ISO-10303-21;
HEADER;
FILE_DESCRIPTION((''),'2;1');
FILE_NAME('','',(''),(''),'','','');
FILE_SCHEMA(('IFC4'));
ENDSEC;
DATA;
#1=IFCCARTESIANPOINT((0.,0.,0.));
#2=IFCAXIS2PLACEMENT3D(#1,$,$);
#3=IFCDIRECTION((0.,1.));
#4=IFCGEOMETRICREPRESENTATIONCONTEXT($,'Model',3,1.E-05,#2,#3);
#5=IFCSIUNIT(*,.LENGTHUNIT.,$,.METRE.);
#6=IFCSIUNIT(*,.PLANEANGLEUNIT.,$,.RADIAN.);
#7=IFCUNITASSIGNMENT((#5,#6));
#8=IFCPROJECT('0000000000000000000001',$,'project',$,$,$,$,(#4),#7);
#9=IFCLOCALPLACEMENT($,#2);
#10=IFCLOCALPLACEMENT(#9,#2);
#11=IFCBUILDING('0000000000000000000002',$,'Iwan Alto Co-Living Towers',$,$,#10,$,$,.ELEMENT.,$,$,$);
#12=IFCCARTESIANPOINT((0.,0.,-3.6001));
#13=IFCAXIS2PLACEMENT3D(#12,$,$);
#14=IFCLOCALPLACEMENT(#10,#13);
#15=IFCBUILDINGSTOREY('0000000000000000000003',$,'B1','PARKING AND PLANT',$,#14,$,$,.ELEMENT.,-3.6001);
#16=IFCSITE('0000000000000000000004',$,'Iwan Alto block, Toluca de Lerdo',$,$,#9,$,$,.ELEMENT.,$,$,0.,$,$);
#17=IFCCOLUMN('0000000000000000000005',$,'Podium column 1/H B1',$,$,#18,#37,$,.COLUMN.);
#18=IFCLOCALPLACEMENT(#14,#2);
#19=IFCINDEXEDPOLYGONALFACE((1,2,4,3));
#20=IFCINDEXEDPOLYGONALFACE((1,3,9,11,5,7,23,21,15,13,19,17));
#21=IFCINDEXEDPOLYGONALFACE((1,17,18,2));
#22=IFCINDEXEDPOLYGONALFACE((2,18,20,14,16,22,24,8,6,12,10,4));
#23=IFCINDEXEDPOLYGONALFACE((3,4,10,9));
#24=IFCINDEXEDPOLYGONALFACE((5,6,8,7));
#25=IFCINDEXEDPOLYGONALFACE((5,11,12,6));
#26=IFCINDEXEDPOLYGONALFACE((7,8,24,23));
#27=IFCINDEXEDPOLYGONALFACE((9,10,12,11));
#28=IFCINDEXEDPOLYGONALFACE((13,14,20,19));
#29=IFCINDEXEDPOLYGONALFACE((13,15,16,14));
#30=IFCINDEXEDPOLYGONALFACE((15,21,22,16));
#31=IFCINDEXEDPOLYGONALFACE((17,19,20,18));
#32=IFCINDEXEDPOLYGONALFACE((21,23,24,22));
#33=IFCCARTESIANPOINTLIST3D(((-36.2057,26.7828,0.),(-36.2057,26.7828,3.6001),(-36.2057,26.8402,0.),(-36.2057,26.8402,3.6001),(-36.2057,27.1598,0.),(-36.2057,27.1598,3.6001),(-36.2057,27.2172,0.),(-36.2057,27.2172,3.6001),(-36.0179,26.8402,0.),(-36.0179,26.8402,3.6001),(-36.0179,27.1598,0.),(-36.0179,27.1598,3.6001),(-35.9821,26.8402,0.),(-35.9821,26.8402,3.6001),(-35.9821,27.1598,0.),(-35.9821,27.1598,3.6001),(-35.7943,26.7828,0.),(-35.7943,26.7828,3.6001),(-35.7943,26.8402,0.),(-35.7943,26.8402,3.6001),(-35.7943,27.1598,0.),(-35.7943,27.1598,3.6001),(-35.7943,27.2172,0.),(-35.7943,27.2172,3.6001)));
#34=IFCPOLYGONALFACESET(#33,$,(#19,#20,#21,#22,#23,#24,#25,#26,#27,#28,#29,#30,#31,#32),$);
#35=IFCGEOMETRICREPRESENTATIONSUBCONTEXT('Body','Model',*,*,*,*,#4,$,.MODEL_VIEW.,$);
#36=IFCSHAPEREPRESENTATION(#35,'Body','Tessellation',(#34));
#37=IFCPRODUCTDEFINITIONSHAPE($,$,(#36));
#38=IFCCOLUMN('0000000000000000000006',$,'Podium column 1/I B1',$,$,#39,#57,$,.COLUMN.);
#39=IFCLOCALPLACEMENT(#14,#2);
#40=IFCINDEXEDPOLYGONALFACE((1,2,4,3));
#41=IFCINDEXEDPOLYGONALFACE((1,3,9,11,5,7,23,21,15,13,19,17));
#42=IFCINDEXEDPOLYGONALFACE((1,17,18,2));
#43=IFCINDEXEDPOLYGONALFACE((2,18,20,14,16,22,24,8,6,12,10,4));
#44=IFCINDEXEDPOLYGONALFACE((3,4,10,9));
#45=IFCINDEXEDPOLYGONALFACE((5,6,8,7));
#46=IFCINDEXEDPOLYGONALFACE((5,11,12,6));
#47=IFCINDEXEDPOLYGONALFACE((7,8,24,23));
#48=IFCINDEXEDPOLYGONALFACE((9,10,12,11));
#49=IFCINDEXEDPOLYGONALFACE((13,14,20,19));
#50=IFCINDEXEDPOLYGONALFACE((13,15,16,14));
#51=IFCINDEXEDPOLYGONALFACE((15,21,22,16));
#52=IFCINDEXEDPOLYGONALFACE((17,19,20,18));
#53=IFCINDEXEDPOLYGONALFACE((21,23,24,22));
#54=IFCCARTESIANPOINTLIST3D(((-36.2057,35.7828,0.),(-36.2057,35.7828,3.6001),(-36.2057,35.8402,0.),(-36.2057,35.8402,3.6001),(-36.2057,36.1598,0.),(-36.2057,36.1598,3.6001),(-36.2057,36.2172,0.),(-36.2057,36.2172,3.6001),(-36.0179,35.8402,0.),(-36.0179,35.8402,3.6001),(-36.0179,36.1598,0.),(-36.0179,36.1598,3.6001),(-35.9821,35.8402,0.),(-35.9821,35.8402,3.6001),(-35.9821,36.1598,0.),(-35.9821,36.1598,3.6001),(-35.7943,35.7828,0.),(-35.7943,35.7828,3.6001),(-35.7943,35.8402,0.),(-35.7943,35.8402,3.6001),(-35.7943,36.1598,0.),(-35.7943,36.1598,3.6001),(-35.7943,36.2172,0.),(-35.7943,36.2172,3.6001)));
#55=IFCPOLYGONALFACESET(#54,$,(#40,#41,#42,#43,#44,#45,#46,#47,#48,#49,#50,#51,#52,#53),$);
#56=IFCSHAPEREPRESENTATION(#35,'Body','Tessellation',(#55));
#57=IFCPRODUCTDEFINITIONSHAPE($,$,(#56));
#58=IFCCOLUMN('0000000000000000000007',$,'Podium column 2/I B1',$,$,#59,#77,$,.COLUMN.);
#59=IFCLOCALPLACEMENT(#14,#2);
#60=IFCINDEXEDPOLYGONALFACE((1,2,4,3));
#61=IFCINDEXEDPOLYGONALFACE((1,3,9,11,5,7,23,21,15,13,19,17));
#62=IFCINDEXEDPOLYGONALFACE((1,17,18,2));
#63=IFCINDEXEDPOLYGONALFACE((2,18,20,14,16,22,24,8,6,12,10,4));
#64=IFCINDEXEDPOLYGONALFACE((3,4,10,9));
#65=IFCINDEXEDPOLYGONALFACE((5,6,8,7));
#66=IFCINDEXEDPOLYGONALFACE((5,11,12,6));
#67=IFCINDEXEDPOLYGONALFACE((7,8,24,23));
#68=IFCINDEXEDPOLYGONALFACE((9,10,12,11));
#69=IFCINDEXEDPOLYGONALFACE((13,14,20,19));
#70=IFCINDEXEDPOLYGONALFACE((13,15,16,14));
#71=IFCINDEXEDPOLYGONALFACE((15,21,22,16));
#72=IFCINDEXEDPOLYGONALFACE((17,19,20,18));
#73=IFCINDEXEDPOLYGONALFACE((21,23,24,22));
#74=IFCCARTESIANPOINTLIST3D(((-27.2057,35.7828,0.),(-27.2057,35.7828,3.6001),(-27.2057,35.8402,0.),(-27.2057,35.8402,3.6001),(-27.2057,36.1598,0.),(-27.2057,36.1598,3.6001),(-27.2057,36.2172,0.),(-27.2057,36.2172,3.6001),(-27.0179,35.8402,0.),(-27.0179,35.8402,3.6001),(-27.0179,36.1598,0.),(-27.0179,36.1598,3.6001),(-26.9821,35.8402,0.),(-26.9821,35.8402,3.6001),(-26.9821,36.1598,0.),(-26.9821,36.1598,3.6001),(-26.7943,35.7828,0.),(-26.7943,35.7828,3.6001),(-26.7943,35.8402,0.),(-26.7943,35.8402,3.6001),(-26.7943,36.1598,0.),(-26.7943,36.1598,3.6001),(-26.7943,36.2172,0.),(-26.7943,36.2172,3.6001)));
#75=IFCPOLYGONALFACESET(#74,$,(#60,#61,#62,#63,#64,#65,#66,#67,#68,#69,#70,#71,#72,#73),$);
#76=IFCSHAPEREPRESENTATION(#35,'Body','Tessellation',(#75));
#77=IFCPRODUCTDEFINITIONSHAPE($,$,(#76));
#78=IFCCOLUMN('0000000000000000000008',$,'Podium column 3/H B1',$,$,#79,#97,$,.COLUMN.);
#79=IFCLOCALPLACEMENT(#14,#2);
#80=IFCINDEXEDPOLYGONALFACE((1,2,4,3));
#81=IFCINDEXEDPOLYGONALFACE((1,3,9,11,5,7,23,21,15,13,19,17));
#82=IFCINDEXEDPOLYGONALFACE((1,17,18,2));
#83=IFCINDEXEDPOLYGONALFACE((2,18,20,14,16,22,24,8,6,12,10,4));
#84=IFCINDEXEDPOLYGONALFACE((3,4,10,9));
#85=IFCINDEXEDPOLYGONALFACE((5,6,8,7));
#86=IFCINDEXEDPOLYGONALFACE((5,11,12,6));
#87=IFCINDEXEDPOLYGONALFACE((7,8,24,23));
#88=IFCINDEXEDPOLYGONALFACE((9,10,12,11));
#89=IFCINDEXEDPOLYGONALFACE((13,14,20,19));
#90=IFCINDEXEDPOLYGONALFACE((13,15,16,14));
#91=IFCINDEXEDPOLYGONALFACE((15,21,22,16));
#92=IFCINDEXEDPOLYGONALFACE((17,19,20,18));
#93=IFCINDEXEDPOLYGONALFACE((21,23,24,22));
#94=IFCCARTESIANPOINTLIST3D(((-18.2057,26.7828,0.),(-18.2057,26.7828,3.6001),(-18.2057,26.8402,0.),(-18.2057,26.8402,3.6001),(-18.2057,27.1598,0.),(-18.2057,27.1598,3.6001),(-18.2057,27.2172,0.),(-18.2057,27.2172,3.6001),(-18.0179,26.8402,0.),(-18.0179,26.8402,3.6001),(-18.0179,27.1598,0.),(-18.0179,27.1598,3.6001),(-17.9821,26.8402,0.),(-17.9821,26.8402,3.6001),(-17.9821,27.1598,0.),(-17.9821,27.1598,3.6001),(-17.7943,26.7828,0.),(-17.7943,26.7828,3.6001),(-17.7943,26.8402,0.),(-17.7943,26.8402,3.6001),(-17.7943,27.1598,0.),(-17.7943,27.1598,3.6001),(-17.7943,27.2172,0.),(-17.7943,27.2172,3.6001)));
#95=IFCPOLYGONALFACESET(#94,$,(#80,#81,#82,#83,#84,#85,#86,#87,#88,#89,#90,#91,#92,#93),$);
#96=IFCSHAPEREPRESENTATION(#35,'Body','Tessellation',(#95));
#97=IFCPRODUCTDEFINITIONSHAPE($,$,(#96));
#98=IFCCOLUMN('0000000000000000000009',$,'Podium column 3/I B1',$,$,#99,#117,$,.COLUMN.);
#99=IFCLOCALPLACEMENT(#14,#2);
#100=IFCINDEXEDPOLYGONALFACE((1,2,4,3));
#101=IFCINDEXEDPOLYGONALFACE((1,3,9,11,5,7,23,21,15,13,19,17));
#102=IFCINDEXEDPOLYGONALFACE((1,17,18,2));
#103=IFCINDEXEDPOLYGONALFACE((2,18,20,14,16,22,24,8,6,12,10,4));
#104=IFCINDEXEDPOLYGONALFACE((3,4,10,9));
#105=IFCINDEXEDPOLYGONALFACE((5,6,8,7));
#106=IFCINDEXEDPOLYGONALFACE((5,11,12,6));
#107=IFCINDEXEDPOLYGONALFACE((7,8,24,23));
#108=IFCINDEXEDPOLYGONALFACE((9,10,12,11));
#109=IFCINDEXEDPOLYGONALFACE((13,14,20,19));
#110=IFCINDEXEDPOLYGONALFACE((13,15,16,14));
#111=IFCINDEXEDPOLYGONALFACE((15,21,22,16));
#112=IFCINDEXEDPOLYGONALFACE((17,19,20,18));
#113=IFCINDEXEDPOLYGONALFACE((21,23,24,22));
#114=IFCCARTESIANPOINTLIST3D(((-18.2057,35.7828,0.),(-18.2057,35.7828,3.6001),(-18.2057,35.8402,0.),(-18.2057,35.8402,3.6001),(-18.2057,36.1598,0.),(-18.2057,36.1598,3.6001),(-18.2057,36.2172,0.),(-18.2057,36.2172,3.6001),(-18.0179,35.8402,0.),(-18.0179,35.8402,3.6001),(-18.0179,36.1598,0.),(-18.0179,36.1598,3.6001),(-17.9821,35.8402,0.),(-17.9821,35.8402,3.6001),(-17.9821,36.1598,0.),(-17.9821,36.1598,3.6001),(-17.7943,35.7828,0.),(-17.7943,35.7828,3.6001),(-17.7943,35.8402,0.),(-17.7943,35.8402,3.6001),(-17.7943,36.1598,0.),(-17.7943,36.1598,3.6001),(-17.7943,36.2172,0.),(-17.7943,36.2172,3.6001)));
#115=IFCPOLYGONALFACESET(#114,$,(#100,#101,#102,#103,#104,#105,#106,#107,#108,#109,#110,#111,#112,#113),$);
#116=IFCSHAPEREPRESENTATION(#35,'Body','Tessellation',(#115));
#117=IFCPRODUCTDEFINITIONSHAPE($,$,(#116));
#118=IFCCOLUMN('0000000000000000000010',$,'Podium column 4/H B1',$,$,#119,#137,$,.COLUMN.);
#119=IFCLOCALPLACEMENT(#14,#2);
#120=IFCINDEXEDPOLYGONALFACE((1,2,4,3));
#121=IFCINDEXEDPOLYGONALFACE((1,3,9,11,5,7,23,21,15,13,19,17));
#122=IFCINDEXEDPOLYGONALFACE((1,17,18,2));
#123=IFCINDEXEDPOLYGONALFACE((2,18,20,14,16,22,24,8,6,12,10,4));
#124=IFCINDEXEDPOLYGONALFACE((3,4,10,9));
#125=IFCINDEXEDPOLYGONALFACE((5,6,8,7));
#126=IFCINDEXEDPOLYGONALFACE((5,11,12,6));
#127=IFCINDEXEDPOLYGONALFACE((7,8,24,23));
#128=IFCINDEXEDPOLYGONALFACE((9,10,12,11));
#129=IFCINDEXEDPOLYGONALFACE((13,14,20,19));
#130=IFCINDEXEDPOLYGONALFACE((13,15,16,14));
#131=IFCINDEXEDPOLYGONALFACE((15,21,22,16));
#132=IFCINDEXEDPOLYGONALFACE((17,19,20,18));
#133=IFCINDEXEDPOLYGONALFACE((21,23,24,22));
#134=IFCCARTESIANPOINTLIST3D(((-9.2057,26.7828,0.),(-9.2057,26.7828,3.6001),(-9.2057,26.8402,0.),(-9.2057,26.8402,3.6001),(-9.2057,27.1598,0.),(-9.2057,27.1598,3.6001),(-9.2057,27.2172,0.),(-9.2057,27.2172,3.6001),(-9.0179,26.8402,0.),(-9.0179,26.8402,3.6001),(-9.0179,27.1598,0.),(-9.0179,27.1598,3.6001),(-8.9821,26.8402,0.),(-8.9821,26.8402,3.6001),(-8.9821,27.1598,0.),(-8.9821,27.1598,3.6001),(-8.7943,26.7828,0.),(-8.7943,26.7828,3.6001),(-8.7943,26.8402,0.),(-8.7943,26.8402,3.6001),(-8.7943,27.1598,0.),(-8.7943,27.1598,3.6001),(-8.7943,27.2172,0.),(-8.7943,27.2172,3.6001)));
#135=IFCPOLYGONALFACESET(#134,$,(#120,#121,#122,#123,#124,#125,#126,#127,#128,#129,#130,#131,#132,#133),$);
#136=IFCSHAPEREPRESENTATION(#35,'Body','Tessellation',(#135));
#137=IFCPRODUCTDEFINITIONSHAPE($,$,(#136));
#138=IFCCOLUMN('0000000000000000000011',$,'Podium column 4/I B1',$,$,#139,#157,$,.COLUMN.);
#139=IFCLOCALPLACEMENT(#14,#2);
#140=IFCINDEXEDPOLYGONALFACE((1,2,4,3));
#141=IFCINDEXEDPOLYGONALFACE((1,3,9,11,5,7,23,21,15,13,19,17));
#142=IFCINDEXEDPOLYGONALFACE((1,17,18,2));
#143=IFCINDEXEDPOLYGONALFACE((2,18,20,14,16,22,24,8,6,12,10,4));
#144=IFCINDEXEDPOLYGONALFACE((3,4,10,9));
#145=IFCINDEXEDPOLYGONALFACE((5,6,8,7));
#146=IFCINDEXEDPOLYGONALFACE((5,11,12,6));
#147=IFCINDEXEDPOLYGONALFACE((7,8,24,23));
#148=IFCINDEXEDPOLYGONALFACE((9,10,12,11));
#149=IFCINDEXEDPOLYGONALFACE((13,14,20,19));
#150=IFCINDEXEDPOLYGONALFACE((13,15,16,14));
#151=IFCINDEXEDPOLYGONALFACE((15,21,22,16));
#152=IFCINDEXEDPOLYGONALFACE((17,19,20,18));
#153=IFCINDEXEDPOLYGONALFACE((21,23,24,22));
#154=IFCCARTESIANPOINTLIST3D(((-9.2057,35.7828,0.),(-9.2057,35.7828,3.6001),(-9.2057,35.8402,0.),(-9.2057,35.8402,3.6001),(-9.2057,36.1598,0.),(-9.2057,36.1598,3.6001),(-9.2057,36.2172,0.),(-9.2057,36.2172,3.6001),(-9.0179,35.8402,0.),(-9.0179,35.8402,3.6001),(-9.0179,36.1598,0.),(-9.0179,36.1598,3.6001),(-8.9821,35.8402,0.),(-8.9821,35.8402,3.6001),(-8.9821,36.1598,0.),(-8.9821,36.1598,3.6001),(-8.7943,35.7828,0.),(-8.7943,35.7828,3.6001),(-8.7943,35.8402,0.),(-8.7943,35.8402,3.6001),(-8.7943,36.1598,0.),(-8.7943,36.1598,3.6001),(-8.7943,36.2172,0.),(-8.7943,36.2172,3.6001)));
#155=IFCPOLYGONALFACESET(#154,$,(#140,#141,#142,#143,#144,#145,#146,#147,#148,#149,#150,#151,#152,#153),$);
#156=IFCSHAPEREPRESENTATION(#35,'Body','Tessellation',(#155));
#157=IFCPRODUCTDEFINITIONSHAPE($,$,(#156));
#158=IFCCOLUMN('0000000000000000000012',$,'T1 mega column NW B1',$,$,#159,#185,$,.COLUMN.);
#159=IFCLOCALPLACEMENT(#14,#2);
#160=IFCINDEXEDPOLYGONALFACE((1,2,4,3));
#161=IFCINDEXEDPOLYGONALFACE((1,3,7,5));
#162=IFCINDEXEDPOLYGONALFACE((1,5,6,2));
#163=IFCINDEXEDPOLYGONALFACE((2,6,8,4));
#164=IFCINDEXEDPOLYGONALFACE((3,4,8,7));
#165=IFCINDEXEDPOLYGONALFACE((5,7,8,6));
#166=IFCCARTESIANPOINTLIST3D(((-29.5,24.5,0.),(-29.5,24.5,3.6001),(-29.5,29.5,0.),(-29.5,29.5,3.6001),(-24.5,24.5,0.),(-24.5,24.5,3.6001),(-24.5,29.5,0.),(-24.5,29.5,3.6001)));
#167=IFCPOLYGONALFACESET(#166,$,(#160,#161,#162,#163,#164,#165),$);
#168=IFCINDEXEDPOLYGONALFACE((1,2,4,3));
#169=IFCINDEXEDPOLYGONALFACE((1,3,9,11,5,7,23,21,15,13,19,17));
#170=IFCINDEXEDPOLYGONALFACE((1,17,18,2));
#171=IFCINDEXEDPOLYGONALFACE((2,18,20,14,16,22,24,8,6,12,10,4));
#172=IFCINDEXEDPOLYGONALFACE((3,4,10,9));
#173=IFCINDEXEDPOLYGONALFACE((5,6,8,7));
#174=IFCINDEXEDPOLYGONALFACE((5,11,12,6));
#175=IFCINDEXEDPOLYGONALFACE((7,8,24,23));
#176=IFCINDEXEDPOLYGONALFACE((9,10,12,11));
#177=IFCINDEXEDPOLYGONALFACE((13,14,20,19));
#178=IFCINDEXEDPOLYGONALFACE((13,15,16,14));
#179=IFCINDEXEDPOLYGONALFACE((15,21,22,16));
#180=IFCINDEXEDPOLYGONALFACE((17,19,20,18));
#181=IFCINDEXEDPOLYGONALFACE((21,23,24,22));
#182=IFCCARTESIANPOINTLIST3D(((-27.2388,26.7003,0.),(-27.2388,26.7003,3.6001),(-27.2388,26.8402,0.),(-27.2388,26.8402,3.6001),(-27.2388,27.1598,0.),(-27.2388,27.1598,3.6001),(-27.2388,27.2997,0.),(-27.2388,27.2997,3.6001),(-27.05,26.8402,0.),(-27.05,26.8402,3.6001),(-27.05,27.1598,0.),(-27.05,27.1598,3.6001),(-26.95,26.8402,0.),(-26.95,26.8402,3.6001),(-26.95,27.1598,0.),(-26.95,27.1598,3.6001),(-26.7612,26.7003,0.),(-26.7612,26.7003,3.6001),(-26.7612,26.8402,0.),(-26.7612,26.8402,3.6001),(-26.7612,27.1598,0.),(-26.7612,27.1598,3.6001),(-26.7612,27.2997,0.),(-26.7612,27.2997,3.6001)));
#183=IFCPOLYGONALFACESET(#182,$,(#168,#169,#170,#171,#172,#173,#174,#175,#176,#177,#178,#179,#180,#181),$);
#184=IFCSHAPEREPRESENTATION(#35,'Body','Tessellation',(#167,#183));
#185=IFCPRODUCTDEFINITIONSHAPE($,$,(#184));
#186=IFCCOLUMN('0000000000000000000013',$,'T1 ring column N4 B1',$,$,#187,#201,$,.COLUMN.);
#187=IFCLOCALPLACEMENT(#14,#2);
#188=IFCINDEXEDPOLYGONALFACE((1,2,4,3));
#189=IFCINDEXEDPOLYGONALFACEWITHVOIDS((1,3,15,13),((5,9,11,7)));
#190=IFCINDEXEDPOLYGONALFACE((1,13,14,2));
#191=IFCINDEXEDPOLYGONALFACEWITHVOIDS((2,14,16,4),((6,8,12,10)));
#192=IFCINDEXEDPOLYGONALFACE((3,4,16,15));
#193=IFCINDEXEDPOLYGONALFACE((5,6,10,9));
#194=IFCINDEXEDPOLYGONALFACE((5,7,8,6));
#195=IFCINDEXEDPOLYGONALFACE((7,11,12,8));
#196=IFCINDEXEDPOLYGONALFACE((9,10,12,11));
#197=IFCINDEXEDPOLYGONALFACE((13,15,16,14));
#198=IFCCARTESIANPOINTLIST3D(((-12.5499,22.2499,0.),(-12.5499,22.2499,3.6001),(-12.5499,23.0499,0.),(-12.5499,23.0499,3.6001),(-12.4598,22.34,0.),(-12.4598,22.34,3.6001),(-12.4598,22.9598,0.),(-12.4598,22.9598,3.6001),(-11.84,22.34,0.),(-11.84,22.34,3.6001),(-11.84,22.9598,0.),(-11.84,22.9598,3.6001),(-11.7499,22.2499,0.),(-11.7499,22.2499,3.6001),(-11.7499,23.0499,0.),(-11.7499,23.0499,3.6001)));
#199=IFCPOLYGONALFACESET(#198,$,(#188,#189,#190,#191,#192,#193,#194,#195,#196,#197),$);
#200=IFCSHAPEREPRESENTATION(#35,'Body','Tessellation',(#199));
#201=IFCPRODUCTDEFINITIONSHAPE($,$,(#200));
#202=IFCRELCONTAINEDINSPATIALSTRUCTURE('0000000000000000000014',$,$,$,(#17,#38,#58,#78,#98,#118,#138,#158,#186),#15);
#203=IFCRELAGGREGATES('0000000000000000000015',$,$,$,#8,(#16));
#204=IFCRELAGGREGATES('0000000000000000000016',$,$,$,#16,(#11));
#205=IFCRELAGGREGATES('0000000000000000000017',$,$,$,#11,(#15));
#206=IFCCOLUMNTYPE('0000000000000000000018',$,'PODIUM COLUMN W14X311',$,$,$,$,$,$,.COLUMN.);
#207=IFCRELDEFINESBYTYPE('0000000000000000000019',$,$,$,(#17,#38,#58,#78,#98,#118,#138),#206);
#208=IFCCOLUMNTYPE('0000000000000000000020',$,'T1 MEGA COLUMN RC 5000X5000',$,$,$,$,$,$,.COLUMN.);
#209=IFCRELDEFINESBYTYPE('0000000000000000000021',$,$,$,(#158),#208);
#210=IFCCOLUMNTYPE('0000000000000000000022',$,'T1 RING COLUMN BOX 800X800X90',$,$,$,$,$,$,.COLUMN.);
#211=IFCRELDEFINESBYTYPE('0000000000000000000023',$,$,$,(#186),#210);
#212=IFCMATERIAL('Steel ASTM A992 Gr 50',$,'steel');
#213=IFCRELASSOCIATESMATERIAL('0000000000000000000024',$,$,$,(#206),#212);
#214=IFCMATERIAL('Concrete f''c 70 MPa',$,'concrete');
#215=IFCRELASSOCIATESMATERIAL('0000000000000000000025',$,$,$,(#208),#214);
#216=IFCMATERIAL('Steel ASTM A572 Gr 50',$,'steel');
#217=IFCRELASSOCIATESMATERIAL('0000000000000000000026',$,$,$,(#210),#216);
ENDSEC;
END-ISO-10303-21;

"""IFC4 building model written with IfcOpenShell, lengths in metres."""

from ifc_helpers import new_model, si_unit, direction, frame, origin, origin_2d, place, context, subcontext, project, spatial, rectangle, hollow_rectangle, i_section, extrude, material, material_profile, profile_set, type_object, element, save


model = new_model("IFC4")

# Units and contexts
model_context = context("Model", 3, precision=1e-05, world=origin(), true_north=direction((0.0, 1.0)))
body_context = subcontext(model_context, "Body", "Model", "MODEL_VIEW")
ifc_project = project(units=[si_unit("LENGTHUNIT", "METRE"), si_unit("PLANEANGLEUNIT", "RADIAN")], contexts=[model_context])

# Site, building, storey
site_placement = place(None, origin())
site = spatial("IfcSite", under=ifc_project, at=site_placement, Name="Iwan Alto block, Toluca de Lerdo", CompositionType="ELEMENT", RefElevation=0.0)
building_placement = place(site_placement, origin())
building = spatial("IfcBuilding", under=site, at=building_placement, Name="Iwan Alto Co-Living Towers", CompositionType="ELEMENT")
storey_placement = place(building_placement, frame((0.0, 0.0, -3.6001)))
storey = spatial("IfcBuildingStorey", under=building, at=storey_placement, Name="B1", Description="PARKING AND PLANT", CompositionType="ELEMENT", Elevation=-3.6001)

# Columns
ifc_material_1 = material(Name="Steel ASTM A992 Gr 50", Category="steel")
ifc_material_profile_1 = material_profile(ifc_material_1, i_section(OverallWidth=0.4114, OverallDepth=0.4343, WebThickness=0.0359, FlangeThickness=0.0574, at=origin_2d()), Name="W14X311")
ifc_profile_set_1 = profile_set([ifc_material_profile_1], Name="Steel ASTM A992 Gr 50")
column_type_1 = type_object("IfcColumnType", Name="PODIUM COLUMN W14X311", PredefinedType="COLUMN", material=ifc_profile_set_1)
for number, where, z_axis, x_axis, name in (
    (1, (-36.0, 27.0, 0.0), (0.0, 0.0, 1.0), (1.0, 0.0, 0.0), "Podium column 1/H B1"),
    (2, (-36.0, 36.0, 0.0), (0.0, 0.0, 1.0), (1.0, 0.0, 0.0), "Podium column 1/I B1"),
    (3, (-27.0, 36.0, 0.0), (0.0, 0.0, 1.0), (1.0, 0.0, 0.0), "Podium column 2/I B1"),
    (4, (-18.0, 27.0, 0.0), (0.0, 0.0, 1.0), (1.0, 0.0, 0.0), "Podium column 3/H B1"),
    (5, (-18.0, 36.0, 0.0), (0.0, 0.0, 1.0), (1.0, 0.0, 0.0), "Podium column 3/I B1"),
    (6, (-9.0, 27.0, 0.0), (0.0, 0.0, 1.0), (1.0, 0.0, 0.0), "Podium column 4/H B1"),
    (7, (-9.0, 36.0, 0.0), (0.0, 0.0, 1.0), (1.0, 0.0, 0.0), "Podium column 4/I B1"),
):
    element("IfcColumn", number, at=place(storey_placement, frame(where, z_axis=z_axis, x_axis=x_axis)), inside=storey, type_object=column_type_1, Name=name, PredefinedType="COLUMN", context=body_context, shape_type="SweptSolid", body=[
        extrude(i_section(OverallWidth=0.4114, OverallDepth=0.4343, WebThickness=0.0359, FlangeThickness=0.0574, at=origin_2d()), origin(), (0.0, 0.0, 1.0), 3.6001),
    ])
ifc_material_2 = material(Name="Concrete f'c 70 MPa", Category="concrete")
ifc_material_profile_2 = material_profile(ifc_material_2, rectangle(XDim=5.0, YDim=5.0, at=origin_2d()), Name="RC 5000X5000")
ifc_profile_set_2 = profile_set([ifc_material_profile_2], Name="Concrete f'c 70 MPa")
column_type_2 = type_object("IfcColumnType", Name="T1 MEGA COLUMN RC 5000X5000", PredefinedType="COLUMN", material=ifc_profile_set_2)
column_1_placement = place(storey_placement, frame((-27.0, 27.0, 0.0), z_axis=(0.0, 0.0, 1.0), x_axis=(1.0, 0.0, 0.0)))
element("IfcColumn", 8, at=column_1_placement, inside=storey, type_object=column_type_2, Name="T1 mega column NW B1", PredefinedType="COLUMN", context=body_context, shape_type="SweptSolid", body=[
    extrude(rectangle(XDim=5.0, YDim=5.0, at=origin_2d()), origin(), (0.0, 0.0, 1.0), 3.6001),
    extrude(i_section(OverallWidth=0.4775, OverallDepth=0.5994, WebThickness=0.1001, FlangeThickness=0.1399, at=origin_2d()), origin(), (0.0, 0.0, 1.0), 3.6001),
])
ifc_material_3 = material(Name="Steel ASTM A572 Gr 50", Category="steel")
ifc_material_profile_3 = material_profile(ifc_material_3, hollow_rectangle(XDim=0.8, YDim=0.8, WallThickness=0.0901, at=origin_2d()), Name="BOX 800X800X90")
ifc_profile_set_3 = profile_set([ifc_material_profile_3], Name="Steel ASTM A572 Gr 50")
column_type_3 = type_object("IfcColumnType", Name="T1 RING COLUMN BOX 800X800X90", PredefinedType="COLUMN", material=ifc_profile_set_3)
column_2_placement = place(storey_placement, frame((-12.1499, 22.6499, 0.0), z_axis=(0.0, 0.0, 1.0), x_axis=(1.0, 0.0, 0.0)))
element("IfcColumn", 9, at=column_2_placement, inside=storey, type_object=column_type_3, Name="T1 ring column N4 B1", PredefinedType="COLUMN", context=body_context, shape_type="SweptSolid", body=[
    extrude(hollow_rectangle(XDim=0.8, YDim=0.8, WallThickness=0.0901, at=origin_2d()), origin(), (0.0, 0.0, 1.0), 3.6001),
])

save(model, "model.ifc")
